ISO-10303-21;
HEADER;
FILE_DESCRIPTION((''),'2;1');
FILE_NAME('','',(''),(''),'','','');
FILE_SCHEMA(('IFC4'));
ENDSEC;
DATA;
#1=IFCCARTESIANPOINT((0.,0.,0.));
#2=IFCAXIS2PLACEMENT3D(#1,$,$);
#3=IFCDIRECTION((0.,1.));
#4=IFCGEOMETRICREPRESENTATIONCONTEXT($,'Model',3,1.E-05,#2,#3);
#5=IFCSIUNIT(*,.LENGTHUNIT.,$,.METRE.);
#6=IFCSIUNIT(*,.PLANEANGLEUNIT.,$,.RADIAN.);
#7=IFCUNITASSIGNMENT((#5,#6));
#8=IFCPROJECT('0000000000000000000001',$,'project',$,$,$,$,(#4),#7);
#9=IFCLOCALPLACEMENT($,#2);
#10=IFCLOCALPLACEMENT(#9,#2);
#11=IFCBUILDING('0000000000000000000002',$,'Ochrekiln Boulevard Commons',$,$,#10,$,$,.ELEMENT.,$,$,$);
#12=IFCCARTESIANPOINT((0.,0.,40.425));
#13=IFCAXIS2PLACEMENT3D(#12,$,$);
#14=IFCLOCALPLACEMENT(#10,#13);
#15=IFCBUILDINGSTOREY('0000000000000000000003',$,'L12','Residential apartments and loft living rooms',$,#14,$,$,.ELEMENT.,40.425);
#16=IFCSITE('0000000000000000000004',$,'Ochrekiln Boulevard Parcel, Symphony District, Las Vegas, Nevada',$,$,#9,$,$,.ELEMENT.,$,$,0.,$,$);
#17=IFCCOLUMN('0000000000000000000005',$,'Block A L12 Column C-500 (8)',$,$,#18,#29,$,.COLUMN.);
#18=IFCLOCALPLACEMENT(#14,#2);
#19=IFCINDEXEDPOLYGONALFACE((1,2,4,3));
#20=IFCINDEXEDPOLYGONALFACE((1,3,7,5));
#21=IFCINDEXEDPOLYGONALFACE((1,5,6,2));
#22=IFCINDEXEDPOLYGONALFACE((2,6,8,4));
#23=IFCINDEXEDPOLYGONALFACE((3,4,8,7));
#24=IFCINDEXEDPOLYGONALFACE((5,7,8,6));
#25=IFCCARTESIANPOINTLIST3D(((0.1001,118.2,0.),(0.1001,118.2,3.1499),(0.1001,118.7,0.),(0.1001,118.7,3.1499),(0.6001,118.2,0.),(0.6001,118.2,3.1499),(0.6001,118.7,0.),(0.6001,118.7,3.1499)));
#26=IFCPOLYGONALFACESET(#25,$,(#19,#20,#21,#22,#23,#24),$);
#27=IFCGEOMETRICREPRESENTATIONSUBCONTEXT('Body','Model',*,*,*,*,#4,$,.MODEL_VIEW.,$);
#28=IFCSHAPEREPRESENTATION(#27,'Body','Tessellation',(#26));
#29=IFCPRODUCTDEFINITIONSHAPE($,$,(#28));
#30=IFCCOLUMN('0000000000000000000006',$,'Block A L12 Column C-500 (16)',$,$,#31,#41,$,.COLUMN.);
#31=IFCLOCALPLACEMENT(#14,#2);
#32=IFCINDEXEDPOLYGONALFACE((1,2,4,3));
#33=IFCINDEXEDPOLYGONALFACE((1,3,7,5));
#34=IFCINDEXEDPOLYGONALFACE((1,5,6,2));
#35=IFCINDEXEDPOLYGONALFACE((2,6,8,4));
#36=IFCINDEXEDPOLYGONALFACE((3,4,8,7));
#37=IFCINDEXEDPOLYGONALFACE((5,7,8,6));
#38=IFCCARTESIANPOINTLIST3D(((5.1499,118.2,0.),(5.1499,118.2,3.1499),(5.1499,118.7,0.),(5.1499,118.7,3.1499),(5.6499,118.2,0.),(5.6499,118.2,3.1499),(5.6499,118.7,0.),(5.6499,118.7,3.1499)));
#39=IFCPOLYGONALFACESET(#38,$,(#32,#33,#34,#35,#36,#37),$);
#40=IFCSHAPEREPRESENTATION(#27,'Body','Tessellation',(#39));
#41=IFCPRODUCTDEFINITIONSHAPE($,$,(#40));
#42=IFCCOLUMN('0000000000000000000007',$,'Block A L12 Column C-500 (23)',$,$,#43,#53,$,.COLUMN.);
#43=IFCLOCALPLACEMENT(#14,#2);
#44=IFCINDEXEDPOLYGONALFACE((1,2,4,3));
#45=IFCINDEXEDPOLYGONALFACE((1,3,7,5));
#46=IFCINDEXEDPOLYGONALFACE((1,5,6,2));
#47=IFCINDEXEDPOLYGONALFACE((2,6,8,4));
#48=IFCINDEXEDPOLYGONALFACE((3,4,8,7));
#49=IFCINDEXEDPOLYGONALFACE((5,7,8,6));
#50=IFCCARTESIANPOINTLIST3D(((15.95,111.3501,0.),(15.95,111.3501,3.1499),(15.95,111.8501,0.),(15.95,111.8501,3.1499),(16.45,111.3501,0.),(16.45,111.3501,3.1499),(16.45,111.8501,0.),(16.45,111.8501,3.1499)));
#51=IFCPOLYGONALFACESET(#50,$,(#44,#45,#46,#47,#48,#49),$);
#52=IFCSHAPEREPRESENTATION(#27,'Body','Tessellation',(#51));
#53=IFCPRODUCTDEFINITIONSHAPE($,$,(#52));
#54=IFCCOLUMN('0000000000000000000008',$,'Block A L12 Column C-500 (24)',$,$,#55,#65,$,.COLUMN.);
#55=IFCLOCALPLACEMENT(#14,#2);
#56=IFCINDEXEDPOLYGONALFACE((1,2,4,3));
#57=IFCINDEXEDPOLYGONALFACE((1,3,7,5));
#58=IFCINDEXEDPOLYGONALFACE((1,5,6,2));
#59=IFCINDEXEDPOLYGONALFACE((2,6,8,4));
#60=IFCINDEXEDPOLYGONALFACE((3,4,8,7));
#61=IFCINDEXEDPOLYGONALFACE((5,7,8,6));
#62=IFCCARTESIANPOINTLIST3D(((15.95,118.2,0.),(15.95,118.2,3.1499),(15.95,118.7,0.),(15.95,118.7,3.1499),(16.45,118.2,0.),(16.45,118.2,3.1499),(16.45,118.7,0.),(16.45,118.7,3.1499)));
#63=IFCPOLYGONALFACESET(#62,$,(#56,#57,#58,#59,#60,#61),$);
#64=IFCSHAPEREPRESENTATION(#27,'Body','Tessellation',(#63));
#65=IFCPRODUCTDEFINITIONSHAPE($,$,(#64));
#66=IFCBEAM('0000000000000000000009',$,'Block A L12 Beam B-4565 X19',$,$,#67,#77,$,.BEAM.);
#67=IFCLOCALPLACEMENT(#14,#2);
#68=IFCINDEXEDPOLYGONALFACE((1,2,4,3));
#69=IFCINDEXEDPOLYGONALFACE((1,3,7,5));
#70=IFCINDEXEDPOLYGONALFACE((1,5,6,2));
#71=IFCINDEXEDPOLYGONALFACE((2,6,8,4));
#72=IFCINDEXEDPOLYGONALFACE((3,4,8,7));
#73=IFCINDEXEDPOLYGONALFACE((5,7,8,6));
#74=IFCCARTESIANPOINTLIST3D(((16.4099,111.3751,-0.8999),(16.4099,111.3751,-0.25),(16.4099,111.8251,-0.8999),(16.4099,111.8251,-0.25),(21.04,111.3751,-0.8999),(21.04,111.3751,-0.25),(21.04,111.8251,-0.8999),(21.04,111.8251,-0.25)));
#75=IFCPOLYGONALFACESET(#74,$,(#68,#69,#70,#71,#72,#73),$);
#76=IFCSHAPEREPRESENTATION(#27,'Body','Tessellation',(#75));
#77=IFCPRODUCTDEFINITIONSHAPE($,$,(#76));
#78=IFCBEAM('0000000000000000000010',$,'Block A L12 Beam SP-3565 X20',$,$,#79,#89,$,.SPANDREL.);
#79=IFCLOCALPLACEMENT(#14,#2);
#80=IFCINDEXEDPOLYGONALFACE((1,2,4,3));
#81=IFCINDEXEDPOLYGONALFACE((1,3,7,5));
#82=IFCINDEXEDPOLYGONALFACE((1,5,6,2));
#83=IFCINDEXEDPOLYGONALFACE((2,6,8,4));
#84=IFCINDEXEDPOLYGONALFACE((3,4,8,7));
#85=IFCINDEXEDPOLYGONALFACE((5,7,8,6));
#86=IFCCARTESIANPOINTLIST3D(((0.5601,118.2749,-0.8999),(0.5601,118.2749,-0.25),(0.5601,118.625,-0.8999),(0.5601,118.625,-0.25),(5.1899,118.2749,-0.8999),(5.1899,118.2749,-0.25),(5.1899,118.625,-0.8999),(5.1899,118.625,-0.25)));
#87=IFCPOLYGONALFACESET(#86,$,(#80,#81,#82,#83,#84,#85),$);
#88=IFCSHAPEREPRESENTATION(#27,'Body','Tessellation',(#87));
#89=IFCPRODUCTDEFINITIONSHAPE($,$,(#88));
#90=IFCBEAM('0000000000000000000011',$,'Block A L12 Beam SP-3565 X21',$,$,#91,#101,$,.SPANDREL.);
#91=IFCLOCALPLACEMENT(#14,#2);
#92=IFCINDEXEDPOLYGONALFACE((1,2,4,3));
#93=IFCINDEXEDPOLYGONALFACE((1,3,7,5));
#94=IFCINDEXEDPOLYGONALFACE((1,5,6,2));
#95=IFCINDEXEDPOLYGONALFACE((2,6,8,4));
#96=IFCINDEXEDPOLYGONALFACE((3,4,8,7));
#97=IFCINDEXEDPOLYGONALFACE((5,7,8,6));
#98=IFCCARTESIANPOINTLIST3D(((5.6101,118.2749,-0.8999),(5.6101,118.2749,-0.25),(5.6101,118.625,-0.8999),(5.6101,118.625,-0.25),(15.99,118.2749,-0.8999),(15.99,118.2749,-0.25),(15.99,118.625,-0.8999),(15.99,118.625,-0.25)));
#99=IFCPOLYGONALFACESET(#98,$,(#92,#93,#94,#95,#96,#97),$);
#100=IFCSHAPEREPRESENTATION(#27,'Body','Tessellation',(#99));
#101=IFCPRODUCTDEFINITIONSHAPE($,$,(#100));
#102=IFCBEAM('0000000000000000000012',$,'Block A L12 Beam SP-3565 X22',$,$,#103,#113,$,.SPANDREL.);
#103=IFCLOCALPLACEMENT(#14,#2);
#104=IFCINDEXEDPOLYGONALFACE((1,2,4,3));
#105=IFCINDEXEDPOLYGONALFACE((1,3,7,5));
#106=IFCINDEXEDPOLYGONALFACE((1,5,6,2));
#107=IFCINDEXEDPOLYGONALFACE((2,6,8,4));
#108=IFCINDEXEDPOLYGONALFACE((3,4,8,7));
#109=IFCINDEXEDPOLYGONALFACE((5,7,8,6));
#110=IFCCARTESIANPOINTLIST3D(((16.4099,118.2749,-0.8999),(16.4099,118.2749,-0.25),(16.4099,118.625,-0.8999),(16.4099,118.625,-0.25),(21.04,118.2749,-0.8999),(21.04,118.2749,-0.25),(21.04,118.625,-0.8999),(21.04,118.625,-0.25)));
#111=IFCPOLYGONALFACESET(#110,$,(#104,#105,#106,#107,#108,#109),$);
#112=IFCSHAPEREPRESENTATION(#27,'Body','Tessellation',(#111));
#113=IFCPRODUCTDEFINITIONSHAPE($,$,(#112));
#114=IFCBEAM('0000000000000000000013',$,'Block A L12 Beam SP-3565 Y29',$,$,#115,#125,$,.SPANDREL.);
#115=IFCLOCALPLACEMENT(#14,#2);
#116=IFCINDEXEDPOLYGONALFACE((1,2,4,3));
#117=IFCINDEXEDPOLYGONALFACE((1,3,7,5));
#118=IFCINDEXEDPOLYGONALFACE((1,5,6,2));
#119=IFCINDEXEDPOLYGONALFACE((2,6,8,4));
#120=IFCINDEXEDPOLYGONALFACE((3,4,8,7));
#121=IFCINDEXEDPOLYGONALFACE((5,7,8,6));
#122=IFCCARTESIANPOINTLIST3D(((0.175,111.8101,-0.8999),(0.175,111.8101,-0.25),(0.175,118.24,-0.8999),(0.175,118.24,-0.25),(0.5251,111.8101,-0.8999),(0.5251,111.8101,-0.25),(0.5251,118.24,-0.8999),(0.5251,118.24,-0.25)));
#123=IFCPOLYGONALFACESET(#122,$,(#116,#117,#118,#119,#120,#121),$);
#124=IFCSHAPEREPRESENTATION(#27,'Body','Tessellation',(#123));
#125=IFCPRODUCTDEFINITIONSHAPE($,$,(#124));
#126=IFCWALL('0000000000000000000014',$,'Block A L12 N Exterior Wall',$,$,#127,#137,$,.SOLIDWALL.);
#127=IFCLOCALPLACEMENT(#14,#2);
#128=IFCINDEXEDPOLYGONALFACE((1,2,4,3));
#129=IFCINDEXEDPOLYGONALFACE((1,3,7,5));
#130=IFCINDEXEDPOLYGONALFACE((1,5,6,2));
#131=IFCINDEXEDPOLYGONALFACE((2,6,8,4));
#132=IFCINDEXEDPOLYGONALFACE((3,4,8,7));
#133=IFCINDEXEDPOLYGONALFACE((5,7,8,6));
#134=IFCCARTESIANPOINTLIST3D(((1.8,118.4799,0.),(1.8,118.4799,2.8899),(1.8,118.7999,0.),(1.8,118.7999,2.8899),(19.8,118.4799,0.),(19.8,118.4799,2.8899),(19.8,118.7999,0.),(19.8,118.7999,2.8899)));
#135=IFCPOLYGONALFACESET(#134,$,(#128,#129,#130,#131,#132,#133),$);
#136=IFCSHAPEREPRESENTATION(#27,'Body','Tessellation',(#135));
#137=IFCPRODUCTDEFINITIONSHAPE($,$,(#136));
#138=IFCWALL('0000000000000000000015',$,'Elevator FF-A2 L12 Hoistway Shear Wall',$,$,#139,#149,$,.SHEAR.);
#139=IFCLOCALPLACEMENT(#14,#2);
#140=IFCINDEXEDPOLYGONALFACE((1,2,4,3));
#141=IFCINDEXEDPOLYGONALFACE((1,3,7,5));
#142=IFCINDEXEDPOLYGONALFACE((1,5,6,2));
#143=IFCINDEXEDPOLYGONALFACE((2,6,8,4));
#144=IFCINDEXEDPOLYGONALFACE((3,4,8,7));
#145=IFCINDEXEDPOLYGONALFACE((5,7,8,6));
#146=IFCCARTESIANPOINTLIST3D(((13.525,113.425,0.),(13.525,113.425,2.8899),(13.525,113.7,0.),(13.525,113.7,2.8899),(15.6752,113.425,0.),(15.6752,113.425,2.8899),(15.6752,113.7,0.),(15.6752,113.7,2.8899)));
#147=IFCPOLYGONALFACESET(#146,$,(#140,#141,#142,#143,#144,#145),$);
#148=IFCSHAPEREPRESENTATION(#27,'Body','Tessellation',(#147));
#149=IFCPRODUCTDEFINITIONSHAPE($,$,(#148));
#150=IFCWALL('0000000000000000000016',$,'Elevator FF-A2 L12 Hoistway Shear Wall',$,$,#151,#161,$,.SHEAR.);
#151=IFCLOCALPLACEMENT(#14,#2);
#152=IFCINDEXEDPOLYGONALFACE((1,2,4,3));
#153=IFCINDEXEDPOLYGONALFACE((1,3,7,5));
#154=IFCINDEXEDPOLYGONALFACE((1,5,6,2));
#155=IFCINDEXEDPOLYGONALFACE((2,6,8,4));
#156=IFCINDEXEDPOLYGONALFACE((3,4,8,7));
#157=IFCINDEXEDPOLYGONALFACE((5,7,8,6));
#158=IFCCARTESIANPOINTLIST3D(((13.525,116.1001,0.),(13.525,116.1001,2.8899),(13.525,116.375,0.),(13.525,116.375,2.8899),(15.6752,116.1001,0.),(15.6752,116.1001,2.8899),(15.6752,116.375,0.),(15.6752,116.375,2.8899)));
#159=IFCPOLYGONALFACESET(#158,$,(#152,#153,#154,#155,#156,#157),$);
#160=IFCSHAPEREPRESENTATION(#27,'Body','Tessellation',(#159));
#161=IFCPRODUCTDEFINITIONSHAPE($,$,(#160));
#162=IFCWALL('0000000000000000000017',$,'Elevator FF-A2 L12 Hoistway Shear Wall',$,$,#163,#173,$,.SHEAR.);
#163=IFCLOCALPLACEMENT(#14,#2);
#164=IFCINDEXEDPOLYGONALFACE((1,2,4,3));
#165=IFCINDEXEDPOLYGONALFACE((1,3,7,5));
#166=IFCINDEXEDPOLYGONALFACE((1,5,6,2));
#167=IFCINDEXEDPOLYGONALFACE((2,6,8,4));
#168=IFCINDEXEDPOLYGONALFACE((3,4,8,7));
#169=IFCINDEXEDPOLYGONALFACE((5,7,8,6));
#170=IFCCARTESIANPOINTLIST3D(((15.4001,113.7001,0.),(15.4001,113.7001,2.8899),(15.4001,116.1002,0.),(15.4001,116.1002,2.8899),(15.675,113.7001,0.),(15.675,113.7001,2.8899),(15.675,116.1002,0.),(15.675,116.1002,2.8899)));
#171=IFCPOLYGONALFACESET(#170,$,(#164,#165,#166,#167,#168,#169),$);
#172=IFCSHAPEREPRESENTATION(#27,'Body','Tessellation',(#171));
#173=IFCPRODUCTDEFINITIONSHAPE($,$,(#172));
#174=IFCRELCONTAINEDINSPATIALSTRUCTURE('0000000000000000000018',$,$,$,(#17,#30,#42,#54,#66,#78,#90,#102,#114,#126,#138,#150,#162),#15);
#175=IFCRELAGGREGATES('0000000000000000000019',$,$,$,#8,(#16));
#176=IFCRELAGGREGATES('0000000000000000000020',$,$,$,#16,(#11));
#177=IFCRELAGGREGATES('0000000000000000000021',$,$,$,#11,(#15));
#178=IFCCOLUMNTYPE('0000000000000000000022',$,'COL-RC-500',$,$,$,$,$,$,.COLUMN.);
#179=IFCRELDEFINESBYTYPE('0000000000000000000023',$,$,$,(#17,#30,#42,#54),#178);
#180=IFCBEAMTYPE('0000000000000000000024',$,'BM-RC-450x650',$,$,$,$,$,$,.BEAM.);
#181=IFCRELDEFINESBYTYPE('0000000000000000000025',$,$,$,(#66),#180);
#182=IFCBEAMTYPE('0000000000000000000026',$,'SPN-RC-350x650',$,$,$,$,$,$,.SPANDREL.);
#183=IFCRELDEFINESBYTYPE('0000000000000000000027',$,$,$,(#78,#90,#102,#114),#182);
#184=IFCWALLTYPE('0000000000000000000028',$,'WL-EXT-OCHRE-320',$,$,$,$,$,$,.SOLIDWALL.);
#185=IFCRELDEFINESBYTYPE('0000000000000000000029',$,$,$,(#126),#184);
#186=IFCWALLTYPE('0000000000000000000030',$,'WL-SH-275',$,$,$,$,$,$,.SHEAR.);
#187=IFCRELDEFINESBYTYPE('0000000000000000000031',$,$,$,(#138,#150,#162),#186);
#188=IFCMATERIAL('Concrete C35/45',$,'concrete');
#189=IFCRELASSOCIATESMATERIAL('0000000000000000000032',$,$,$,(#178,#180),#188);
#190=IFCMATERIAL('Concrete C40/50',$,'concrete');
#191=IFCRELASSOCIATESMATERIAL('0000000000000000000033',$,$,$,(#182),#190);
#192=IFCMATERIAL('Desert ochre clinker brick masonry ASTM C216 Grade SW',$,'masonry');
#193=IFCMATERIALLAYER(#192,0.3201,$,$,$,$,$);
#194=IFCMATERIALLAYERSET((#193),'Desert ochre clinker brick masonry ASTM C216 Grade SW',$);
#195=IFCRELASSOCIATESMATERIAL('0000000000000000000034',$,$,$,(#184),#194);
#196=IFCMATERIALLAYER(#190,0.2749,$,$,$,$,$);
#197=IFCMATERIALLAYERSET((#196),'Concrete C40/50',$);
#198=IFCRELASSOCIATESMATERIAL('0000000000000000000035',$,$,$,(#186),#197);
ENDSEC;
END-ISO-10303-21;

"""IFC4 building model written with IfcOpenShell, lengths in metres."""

from ifc_helpers import new_model, si_unit, direction, frame, frame_2d, origin, origin_2d, place, context, subcontext, project, spatial, rectangle, extrude, material, layer, layer_set, material_profile, profile_set, type_object, element, save


model = new_model("IFC4")

# Units and contexts
model_context = context("Model", 3, precision=1e-05, world=origin(), true_north=direction((0.0, 1.0)))
body_context = subcontext(model_context, "Body", "Model", "MODEL_VIEW")
ifc_project = project(units=[si_unit("LENGTHUNIT", "METRE"), si_unit("PLANEANGLEUNIT", "RADIAN")], contexts=[model_context])

# Site, building, storey
site_placement = place(None, origin())
site = spatial("IfcSite", under=ifc_project, at=site_placement, Name="Ochrekiln Boulevard Parcel, Symphony District, Las Vegas, Nevada", CompositionType="ELEMENT", RefElevation=0.0)
building_placement = place(site_placement, origin())
building = spatial("IfcBuilding", under=site, at=building_placement, Name="Ochrekiln Boulevard Commons", CompositionType="ELEMENT")
storey_placement = place(building_placement, frame((0.0, 0.0, 40.425)))
storey = spatial("IfcBuildingStorey", under=building, at=storey_placement, Name="L12", Description="Residential apartments and loft living rooms", CompositionType="ELEMENT", Elevation=40.425)

# Columns
ifc_material_1 = material(Name="Concrete C35/45", Category="concrete")
ifc_material_profile_1 = material_profile(ifc_material_1, rectangle(XDim=0.5, YDim=0.5, at=origin_2d()), Name="RC-COL-500x500")
ifc_profile_set_1 = profile_set([ifc_material_profile_1], Name="Concrete C35/45")
column_type = type_object("IfcColumnType", Name="COL-RC-500", PredefinedType="COLUMN", material=ifc_profile_set_1)
for number, where, z_axis, x_axis, name in (
    (1, (0.3501, 118.45, 0.0), (0.0, 0.0, 1.0), (1.0, 0.0, 0.0), "Block A L12 Column C-500 (8)"),
    (2, (5.3999, 118.45, 0.0), (0.0, 0.0, 1.0), (1.0, 0.0, 0.0), "Block A L12 Column C-500 (16)"),
    (3, (16.2, 111.6001, 0.0), (0.0, 0.0, 1.0), (1.0, 0.0, 0.0), "Block A L12 Column C-500 (23)"),
    (4, (16.2, 118.45, 0.0), (0.0, 0.0, 1.0), (1.0, 0.0, 0.0), "Block A L12 Column C-500 (24)"),
):
    element("IfcColumn", number, at=place(storey_placement, frame(where, z_axis=z_axis, x_axis=x_axis)), inside=storey, type_object=column_type, Name=name, PredefinedType="COLUMN", context=body_context, shape_type="SweptSolid", body=[
        extrude(rectangle(XDim=0.5, YDim=0.5, at=origin_2d()), origin(), (0.0, 0.0, 1.0), 3.1499),
    ])

# Beams
ifc_material_profile_2 = material_profile(ifc_material_1, rectangle(XDim=0.45, YDim=0.6499, at=origin_2d()), Name="RC-BM-450x650")
ifc_profile_set_2 = profile_set([ifc_material_profile_2], Name="Concrete C35/45")
beam_type_1 = type_object("IfcBeamType", Name="BM-RC-450x650", PredefinedType="BEAM", material=ifc_profile_set_2)
beam_1_placement = place(storey_placement, frame((16.4099, 111.6001, -0.575), z_axis=(1.0, 0.0, 0.0), x_axis=(0.0, 1.0, 0.0)))
element("IfcBeam", 5, at=beam_1_placement, inside=storey, type_object=beam_type_1, Name="Block A L12 Beam B-4565 X19", PredefinedType="BEAM", context=body_context, shape_type="SweptSolid", body=[
    extrude(rectangle(XDim=0.45, YDim=0.6499, at=origin_2d()), origin(), (0.0, 0.0, 1.0), 4.6301),
])
ifc_material_2 = material(Name="Concrete C40/50", Category="concrete")
ifc_material_profile_3 = material_profile(ifc_material_2, rectangle(XDim=0.3501, YDim=0.6499, at=origin_2d()), Name="RC-SPN-350x650")
ifc_profile_set_3 = profile_set([ifc_material_profile_3], Name="Concrete C40/50")
beam_type_2 = type_object("IfcBeamType", Name="SPN-RC-350x650", PredefinedType="SPANDREL", material=ifc_profile_set_3)
beam_2_placement = place(storey_placement, frame((0.5601, 118.45, -0.575), z_axis=(1.0, 0.0, 0.0), x_axis=(0.0, 1.0, 0.0)))
element("IfcBeam", 6, at=beam_2_placement, inside=storey, type_object=beam_type_2, Name="Block A L12 Beam SP-3565 X20", PredefinedType="SPANDREL", context=body_context, shape_type="SweptSolid", body=[
    extrude(rectangle(XDim=0.3501, YDim=0.6499, at=origin_2d()), origin(), (0.0, 0.0, 1.0), 4.6299),
])
beam_3_placement = place(storey_placement, frame((5.6101, 118.45, -0.575), z_axis=(1.0, 0.0, 0.0), x_axis=(0.0, 1.0, 0.0)))
element("IfcBeam", 7, at=beam_3_placement, inside=storey, type_object=beam_type_2, Name="Block A L12 Beam SP-3565 X21", PredefinedType="SPANDREL", context=body_context, shape_type="SweptSolid", body=[
    extrude(rectangle(XDim=0.3501, YDim=0.6499, at=origin_2d()), origin(), (0.0, 0.0, 1.0), 10.3799),
])
beam_4_placement = place(storey_placement, frame((16.4099, 118.45, -0.575), z_axis=(1.0, 0.0, 0.0), x_axis=(0.0, 1.0, 0.0)))
element("IfcBeam", 8, at=beam_4_placement, inside=storey, type_object=beam_type_2, Name="Block A L12 Beam SP-3565 X22", PredefinedType="SPANDREL", context=body_context, shape_type="SweptSolid", body=[
    extrude(rectangle(XDim=0.3501, YDim=0.6499, at=origin_2d()), origin(), (0.0, 0.0, 1.0), 4.6301),
])
beam_5_placement = place(storey_placement, frame((0.3501, 111.8101, -0.575), z_axis=(0.0, 1.0, 0.0), x_axis=(-1.0, 0.0, 0.0)))
element("IfcBeam", 9, at=beam_5_placement, inside=storey, type_object=beam_type_2, Name="Block A L12 Beam SP-3565 Y29", PredefinedType="SPANDREL", context=body_context, shape_type="SweptSolid", body=[
    extrude(rectangle(XDim=0.3501, YDim=0.6499, at=origin_2d()), origin(), (0.0, 0.0, 1.0), 6.4299),
])

# Wall
ifc_material_3 = material(Name="Desert ochre clinker brick masonry ASTM C216 Grade SW", Category="masonry")
ifc_layer_1 = layer(ifc_material_3, 0.3201)
ifc_layer_set_1 = layer_set([ifc_layer_1], Name="Desert ochre clinker brick masonry ASTM C216 Grade SW")
wall_type_1 = type_object("IfcWallType", Name="WL-EXT-OCHRE-320", PredefinedType="SOLIDWALL", material=ifc_layer_set_1)
wall_1_placement = place(storey_placement, frame((1.8, 118.6399, 0.0), z_axis=(0.0, 0.0, 1.0), x_axis=(1.0, 0.0, 0.0)))
element("IfcWall", 10, at=wall_1_placement, inside=storey, type_object=wall_type_1, Name="Block A L12 N Exterior Wall", PredefinedType="SOLIDWALL", context=body_context, shape_type="SweptSolid", body=[
    extrude(rectangle(XDim=18.0, YDim=0.3201, at=frame_2d((9.0, 0.0))), origin(), (0.0, 0.0, 1.0), 2.8899),
])

# Walls
ifc_layer_2 = layer(ifc_material_2, 0.2749)
ifc_layer_set_2 = layer_set([ifc_layer_2], Name="Concrete C40/50")
wall_type_2 = type_object("IfcWallType", Name="WL-SH-275", PredefinedType="SHEAR", material=ifc_layer_set_2)
for number, where, z_axis, x_axis, name in (
    (11, (13.5249, 113.5625, 0.0), (0.0, 0.0, 1.0), (1.0, 0.0, 0.0), "Elevator FF-A2 L12 Hoistway Shear Wall"),
    (12, (13.5249, 116.2375, 0.0), (0.0, 0.0, 1.0), (1.0, 0.0, 0.0), "Elevator FF-A2 L12 Hoistway Shear Wall"),
):
    element("IfcWall", number, at=place(storey_placement, frame(where, z_axis=z_axis, x_axis=x_axis)), inside=storey, type_object=wall_type_2, Name=name, PredefinedType="SHEAR", context=body_context, shape_type="SweptSolid", body=[
        extrude(rectangle(XDim=2.1501, YDim=0.2749, at=frame_2d((1.0752, 0.0))), origin(), (0.0, 0.0, 1.0), 2.8899),
    ])

# Wall
wall_2_placement = place(storey_placement, frame((15.5376, 113.7, 0.0), z_axis=(0.0, 0.0, 1.0), x_axis=(0.0, 1.0, 0.0)))
element("IfcWall", 13, at=wall_2_placement, inside=storey, type_object=wall_type_2, Name="Elevator FF-A2 L12 Hoistway Shear Wall", PredefinedType="SHEAR", context=body_context, shape_type="SweptSolid", body=[
    extrude(rectangle(XDim=2.4001, YDim=0.2749, at=frame_2d((1.2002, 0.0))), origin(), (0.0, 0.0, 1.0), 2.8899),
])

save(model, "model.ifc")
